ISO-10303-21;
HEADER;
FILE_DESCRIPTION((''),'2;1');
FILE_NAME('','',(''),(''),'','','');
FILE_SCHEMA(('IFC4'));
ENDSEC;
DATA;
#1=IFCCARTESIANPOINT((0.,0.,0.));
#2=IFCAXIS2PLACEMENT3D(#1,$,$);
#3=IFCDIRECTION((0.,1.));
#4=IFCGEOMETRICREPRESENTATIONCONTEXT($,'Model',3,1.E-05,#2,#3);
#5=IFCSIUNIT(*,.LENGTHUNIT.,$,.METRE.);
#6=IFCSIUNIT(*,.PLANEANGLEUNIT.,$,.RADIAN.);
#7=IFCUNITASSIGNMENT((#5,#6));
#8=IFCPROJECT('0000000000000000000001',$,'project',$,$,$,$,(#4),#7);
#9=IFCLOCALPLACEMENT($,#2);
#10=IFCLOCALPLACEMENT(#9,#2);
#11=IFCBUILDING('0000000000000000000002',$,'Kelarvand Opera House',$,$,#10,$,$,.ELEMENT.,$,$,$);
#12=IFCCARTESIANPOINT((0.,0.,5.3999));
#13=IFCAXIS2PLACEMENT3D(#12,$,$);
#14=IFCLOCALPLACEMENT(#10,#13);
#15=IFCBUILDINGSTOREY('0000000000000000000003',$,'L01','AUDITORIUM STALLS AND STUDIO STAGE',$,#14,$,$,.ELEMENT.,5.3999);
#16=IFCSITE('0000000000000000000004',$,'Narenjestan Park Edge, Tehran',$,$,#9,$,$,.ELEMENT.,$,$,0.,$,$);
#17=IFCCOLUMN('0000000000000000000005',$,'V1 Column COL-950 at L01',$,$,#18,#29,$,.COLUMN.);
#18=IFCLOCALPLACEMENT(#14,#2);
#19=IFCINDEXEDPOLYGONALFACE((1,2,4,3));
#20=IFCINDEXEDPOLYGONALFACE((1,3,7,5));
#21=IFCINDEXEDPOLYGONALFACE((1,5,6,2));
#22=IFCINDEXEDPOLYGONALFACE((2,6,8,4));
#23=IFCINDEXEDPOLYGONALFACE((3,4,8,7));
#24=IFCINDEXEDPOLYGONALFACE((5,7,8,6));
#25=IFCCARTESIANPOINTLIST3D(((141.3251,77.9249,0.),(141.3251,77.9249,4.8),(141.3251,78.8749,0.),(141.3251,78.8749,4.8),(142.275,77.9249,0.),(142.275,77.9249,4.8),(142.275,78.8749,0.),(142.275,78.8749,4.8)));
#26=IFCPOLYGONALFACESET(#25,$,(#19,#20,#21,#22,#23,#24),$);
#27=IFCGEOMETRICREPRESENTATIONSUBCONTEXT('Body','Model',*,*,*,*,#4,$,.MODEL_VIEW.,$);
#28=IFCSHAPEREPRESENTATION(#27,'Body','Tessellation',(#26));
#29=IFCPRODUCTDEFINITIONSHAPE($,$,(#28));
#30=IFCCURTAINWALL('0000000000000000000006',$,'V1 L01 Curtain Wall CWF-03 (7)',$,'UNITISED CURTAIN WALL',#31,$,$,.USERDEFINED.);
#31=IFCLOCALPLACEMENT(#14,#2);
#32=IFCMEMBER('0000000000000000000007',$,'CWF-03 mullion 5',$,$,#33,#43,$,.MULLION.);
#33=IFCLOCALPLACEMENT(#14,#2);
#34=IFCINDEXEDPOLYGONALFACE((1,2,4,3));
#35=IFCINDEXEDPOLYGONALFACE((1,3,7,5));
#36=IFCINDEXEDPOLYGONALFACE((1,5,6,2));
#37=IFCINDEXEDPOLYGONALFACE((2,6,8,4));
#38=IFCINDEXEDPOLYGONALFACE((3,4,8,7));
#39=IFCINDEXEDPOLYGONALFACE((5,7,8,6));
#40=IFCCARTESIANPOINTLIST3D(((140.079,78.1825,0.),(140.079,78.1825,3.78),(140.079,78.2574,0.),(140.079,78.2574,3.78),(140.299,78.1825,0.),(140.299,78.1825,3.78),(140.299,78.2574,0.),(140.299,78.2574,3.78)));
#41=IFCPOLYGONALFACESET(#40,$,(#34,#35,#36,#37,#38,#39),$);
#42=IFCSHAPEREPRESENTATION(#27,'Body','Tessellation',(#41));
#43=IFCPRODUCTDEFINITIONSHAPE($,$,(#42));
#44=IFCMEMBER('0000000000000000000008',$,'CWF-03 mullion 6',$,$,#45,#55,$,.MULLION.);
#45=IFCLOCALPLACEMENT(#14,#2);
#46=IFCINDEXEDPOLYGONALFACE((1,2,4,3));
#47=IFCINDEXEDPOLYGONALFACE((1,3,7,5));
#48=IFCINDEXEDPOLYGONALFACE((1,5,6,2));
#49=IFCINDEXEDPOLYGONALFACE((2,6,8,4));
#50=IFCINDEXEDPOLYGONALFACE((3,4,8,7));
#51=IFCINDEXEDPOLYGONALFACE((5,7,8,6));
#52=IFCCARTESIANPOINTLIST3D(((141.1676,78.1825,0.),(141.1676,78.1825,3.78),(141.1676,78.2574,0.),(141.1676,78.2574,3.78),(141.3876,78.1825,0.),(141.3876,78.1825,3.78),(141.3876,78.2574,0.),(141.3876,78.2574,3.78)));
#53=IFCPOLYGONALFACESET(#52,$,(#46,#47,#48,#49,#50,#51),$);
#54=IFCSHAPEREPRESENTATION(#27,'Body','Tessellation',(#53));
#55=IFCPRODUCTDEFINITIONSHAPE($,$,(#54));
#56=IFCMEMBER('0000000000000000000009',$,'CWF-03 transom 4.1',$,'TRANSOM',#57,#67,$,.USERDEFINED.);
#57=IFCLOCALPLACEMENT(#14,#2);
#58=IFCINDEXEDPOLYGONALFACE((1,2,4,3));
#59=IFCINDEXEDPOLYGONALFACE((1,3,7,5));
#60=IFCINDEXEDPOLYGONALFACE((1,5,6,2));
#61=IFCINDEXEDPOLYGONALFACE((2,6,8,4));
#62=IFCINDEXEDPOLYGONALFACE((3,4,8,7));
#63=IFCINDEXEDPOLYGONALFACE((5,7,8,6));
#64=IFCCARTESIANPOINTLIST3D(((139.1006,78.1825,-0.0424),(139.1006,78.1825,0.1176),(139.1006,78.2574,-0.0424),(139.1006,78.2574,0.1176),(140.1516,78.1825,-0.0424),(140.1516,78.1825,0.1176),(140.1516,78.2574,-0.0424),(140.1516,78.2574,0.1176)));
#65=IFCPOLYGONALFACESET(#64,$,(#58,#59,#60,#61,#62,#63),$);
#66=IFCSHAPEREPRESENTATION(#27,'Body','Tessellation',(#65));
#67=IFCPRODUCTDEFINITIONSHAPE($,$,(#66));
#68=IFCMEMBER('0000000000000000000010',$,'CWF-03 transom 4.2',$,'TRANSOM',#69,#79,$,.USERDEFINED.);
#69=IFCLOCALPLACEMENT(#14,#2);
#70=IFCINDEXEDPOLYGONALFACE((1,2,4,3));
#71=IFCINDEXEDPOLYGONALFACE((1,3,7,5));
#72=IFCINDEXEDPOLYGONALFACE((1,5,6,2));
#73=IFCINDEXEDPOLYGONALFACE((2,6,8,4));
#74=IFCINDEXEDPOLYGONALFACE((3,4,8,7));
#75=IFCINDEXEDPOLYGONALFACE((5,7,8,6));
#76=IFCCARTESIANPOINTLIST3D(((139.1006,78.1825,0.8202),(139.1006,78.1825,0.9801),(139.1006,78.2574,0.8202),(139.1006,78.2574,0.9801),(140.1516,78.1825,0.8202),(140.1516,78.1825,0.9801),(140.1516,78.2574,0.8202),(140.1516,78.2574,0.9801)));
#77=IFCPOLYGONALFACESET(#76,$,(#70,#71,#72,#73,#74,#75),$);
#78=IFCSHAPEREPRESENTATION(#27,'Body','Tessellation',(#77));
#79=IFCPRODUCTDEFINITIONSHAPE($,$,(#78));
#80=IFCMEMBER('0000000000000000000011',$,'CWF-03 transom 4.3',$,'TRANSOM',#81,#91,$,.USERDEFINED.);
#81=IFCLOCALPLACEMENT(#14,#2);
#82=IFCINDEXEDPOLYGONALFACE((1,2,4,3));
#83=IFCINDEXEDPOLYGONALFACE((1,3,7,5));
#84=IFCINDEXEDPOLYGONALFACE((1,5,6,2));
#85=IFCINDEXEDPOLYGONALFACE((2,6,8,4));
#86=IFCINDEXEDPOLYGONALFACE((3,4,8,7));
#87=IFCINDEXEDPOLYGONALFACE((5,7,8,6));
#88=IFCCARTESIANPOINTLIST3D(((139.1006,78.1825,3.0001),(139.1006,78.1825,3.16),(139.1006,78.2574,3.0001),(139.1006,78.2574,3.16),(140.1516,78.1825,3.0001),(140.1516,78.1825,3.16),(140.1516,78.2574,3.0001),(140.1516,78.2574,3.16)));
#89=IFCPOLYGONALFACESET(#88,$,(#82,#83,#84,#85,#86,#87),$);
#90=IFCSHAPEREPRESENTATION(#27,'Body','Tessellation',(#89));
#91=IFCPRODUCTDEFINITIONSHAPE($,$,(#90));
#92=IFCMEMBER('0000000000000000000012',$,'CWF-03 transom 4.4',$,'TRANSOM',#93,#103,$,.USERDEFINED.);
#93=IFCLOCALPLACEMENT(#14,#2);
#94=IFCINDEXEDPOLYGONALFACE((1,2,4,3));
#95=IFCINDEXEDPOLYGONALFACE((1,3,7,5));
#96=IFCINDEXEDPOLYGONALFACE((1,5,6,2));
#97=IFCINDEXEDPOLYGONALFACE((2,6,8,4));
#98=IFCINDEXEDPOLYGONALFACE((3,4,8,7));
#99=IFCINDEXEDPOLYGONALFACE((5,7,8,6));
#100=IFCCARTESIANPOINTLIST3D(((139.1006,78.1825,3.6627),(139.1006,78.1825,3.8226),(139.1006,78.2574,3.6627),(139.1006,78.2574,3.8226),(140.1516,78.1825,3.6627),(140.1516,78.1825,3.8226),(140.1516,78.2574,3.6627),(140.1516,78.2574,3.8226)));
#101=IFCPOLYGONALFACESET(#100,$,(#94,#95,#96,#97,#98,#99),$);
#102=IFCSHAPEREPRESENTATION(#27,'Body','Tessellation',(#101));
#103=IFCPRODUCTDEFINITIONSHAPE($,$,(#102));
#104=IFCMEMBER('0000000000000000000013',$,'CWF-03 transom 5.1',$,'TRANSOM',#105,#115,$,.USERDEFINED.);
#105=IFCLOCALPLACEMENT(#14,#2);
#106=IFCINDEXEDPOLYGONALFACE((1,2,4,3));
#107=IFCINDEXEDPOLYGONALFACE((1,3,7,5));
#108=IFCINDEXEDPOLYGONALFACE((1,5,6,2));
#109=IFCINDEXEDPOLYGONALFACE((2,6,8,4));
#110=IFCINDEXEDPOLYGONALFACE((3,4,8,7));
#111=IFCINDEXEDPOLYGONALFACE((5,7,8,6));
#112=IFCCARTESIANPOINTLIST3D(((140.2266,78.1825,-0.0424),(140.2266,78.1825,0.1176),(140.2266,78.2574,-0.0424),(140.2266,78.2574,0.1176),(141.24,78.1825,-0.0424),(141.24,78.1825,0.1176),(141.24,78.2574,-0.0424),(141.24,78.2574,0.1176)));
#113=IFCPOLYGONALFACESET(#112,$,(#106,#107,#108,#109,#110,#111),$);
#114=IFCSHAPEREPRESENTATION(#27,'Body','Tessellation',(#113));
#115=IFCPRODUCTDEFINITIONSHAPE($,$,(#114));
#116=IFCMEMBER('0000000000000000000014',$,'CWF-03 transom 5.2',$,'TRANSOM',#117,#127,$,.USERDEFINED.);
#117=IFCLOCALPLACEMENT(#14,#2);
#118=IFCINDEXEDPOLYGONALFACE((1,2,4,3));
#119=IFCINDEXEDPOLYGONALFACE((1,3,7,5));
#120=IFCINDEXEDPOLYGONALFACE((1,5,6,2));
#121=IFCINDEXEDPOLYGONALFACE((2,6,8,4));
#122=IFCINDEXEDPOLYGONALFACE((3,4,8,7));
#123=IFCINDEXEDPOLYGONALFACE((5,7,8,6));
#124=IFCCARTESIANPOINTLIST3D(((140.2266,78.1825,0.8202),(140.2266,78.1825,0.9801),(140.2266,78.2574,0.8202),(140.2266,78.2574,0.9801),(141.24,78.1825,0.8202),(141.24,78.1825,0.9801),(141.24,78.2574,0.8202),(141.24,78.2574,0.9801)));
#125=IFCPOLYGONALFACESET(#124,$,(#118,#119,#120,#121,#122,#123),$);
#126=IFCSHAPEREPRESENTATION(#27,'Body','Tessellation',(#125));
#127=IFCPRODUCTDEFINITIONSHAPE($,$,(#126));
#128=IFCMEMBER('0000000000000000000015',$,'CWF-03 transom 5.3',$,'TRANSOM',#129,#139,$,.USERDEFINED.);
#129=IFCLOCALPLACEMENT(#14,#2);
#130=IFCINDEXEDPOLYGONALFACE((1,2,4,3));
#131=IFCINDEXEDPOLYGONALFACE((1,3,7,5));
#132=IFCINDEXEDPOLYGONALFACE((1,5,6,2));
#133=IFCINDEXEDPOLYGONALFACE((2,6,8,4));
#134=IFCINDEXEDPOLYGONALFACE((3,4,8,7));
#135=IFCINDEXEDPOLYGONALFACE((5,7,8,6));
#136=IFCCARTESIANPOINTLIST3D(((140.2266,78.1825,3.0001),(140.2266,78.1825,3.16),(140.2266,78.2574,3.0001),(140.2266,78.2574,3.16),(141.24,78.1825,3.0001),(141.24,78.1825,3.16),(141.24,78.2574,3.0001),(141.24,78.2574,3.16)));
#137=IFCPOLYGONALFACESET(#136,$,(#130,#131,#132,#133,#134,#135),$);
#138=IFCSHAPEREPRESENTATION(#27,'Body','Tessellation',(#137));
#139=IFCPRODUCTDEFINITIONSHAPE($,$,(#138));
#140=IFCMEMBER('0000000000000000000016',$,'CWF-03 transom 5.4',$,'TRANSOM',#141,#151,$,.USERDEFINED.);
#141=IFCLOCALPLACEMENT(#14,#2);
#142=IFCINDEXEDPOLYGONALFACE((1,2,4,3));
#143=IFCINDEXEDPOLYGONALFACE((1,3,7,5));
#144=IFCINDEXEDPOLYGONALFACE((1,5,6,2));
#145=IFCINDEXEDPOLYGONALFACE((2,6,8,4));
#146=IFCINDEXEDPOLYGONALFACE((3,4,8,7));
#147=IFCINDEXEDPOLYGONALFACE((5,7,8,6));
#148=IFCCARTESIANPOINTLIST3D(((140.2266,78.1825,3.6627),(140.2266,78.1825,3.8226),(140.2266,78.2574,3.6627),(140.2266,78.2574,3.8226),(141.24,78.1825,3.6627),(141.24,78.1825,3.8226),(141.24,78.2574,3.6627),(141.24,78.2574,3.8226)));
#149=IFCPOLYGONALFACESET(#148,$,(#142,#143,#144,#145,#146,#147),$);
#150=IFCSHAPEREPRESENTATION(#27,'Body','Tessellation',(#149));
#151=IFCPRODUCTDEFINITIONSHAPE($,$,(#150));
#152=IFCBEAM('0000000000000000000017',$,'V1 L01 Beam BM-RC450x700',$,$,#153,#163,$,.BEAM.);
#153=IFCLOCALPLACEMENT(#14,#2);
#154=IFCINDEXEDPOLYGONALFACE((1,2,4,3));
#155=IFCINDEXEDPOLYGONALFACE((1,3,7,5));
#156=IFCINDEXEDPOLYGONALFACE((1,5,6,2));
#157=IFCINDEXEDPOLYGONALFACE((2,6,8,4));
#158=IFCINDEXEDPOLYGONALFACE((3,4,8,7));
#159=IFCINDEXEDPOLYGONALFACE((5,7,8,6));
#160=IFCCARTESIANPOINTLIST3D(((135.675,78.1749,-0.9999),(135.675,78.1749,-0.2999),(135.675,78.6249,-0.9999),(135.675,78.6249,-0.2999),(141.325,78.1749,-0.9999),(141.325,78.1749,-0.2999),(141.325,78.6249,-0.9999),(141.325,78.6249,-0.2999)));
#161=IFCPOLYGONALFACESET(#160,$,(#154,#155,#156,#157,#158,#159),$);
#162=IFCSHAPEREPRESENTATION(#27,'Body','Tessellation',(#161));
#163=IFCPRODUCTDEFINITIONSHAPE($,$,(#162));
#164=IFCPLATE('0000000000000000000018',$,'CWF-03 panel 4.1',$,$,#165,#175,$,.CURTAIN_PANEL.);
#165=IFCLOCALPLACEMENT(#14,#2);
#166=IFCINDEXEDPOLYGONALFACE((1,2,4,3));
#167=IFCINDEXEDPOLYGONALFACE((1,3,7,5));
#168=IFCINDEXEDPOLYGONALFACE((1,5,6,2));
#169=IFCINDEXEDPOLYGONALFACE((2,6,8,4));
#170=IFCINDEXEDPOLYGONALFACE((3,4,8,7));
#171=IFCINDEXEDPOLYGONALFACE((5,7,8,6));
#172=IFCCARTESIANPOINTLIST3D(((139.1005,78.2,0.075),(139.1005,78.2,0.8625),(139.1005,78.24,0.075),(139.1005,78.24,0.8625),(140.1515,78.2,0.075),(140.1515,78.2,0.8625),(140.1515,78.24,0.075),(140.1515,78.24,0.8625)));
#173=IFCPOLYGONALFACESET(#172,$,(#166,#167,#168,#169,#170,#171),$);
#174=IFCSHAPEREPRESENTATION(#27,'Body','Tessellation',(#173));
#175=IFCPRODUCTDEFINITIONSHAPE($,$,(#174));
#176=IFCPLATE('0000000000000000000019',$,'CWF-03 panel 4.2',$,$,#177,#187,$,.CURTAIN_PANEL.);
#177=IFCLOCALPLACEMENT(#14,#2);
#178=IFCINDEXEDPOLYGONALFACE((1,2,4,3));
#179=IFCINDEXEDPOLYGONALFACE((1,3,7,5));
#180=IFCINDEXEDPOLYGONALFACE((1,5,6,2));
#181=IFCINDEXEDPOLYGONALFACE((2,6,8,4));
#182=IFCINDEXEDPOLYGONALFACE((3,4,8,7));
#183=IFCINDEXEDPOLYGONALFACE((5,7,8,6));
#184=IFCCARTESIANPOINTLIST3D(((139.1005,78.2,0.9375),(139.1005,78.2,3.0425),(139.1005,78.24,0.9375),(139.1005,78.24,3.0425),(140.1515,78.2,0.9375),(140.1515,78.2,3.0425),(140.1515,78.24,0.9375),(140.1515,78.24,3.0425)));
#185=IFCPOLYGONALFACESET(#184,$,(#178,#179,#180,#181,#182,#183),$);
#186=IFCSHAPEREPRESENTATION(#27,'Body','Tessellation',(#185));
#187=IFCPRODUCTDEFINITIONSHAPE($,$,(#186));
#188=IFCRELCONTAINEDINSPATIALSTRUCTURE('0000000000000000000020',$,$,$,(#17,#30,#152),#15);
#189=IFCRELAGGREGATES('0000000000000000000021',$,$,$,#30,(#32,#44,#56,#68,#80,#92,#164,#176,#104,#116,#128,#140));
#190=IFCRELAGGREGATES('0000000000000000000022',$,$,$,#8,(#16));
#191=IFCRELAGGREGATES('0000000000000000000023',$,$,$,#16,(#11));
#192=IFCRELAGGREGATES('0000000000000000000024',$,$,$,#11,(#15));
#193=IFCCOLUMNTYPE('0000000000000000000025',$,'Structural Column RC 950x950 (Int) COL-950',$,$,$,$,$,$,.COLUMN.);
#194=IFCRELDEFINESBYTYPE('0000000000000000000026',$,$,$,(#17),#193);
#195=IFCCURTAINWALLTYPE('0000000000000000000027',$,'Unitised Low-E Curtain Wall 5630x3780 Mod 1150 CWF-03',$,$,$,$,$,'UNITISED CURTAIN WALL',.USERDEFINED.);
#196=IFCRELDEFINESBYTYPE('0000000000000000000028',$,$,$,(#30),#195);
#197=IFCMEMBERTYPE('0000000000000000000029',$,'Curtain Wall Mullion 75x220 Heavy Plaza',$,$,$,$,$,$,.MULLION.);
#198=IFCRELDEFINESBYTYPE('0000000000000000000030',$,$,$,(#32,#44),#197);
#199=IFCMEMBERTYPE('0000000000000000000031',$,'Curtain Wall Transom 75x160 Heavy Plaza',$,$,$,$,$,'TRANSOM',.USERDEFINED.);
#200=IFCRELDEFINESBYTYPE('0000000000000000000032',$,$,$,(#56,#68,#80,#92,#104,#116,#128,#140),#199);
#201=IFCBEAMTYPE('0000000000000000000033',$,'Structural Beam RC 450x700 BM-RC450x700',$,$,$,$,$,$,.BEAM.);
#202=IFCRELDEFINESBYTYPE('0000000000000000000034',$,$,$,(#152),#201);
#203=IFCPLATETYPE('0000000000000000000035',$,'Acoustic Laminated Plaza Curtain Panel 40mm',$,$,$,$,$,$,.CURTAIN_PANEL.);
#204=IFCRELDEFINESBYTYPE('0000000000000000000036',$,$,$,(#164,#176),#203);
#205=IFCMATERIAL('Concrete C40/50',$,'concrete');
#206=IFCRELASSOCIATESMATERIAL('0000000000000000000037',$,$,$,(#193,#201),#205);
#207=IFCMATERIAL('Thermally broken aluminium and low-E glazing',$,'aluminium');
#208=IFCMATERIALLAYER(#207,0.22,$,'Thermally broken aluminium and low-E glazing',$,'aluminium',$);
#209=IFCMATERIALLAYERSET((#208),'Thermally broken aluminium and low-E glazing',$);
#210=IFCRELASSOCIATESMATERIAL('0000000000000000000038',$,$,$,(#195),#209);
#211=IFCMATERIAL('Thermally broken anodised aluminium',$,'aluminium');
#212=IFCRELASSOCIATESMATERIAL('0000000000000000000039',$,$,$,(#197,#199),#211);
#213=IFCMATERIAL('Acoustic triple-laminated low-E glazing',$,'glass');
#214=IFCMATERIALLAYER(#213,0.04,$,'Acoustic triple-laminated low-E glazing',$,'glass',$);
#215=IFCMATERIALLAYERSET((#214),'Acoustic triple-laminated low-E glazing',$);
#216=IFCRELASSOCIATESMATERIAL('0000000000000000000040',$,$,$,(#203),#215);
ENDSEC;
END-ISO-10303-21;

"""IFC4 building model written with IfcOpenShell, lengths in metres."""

from ifc_helpers import new_model, si_unit, direction, frame, origin, origin_2d, place, context, subcontext, project, spatial, rectangle, extrude, material, layer, layer_set, material_profile, profile_set, type_object, element, aggregate, save


model = new_model("IFC4")

# Units and contexts
model_context = context("Model", 3, precision=1e-05, world=origin(), true_north=direction((0.0, 1.0)))
body_context = subcontext(model_context, "Body", "Model", "MODEL_VIEW")
ifc_project = project(units=[si_unit("LENGTHUNIT", "METRE"), si_unit("PLANEANGLEUNIT", "RADIAN")], contexts=[model_context])

# Site, building, storey
site_placement = place(None, origin())
site = spatial("IfcSite", under=ifc_project, at=site_placement, Name="Narenjestan Park Edge, Tehran", CompositionType="ELEMENT", RefElevation=0.0)
building_placement = place(site_placement, origin())
building = spatial("IfcBuilding", under=site, at=building_placement, Name="Kelarvand Opera House", CompositionType="ELEMENT")
storey_placement = place(building_placement, frame((0.0, 0.0, 5.3999)))
storey = spatial("IfcBuildingStorey", under=building, at=storey_placement, Name="L01", Description="AUDITORIUM STALLS AND STUDIO STAGE", CompositionType="ELEMENT", Elevation=5.3999)

# Column
ifc_material_1 = material(Name="Concrete C40/50", Category="concrete")
ifc_material_profile_1 = material_profile(ifc_material_1, rectangle(XDim=0.95, YDim=0.95, at=origin_2d()), Name="RC 950x950", Category="concrete")
ifc_profile_set_1 = profile_set([ifc_material_profile_1], Name="Concrete C40/50")
column_type = type_object("IfcColumnType", Name="Structural Column RC 950x950 (Int) COL-950", PredefinedType="COLUMN", material=ifc_profile_set_1)
column_placement = place(storey_placement, frame((141.8, 78.3999, 0.0), z_axis=(0.0, 0.0, 1.0), x_axis=(1.0, 0.0, 0.0)))
element("IfcColumn", 1, at=column_placement, inside=storey, type_object=column_type, Name="V1 Column COL-950 at L01", PredefinedType="COLUMN", context=body_context, shape_type="SweptSolid", body=[
    extrude(rectangle(XDim=0.95, YDim=0.95, at=origin_2d()), origin(), (0.0, 0.0, 1.0), 4.8),
])

# Curtain wall, members
ifc_material_2 = material(Name="Thermally broken aluminium and low-E glazing", Category="aluminium")
ifc_layer_1 = layer(ifc_material_2, 0.22, Name="Thermally broken aluminium and low-E glazing", Category="aluminium")
ifc_layer_set_1 = layer_set([ifc_layer_1], Name="Thermally broken aluminium and low-E glazing")
curtain_wall_type = type_object("IfcCurtainWallType", Name="Unitised Low-E Curtain Wall 5630x3780 Mod 1150 CWF-03", ElementType="UNITISED CURTAIN WALL", PredefinedType="USERDEFINED", material=ifc_layer_set_1)
curtain_wall_placement = place(storey_placement, origin())
curtain_wall = element("IfcCurtainWall", 2, at=curtain_wall_placement, inside=storey, type_object=curtain_wall_type, Name="V1 L01 Curtain Wall CWF-03 (7)", ObjectType="UNITISED CURTAIN WALL", PredefinedType="USERDEFINED")
ifc_material_3 = material(Name="Thermally broken anodised aluminium", Category="aluminium")
ifc_material_profile_2 = material_profile(ifc_material_3, rectangle(XDim=0.075, YDim=0.22, at=origin_2d()), Name="ALU MULLION 75x220", Category="aluminium")
ifc_profile_set_2 = profile_set([ifc_material_profile_2], Name="Thermally broken anodised aluminium")
member_type_1 = type_object("IfcMemberType", Name="Curtain Wall Mullion 75x220 Heavy Plaza", PredefinedType="MULLION", material=ifc_profile_set_2)
member_1_placement = place(storey_placement, frame((140.189, 78.22, 0.0), z_axis=(0.0, 0.0, 1.0), x_axis=(0.0, 1.0, 0.0)))
member_1 = element("IfcMember", 3, at=member_1_placement, type_object=member_type_1, Name="CWF-03 mullion 5", PredefinedType="MULLION", context=body_context, shape_type="SweptSolid", body=[
    extrude(rectangle(XDim=0.075, YDim=0.22, at=origin_2d()), origin(), (0.0, 0.0, 1.0), 3.78),
])
member_2_placement = place(storey_placement, frame((141.2776, 78.22, 0.0), z_axis=(0.0, 0.0, 1.0), x_axis=(0.0, 1.0, 0.0)))
member_2 = element("IfcMember", 4, at=member_2_placement, type_object=member_type_1, Name="CWF-03 mullion 6", PredefinedType="MULLION", context=body_context, shape_type="SweptSolid", body=[
    extrude(rectangle(XDim=0.075, YDim=0.22, at=origin_2d()), origin(), (0.0, 0.0, 1.0), 3.78),
])
ifc_material_profile_3 = material_profile(ifc_material_3, rectangle(XDim=0.075, YDim=0.1599, at=origin_2d()), Name="ALU TRANSOM 75x160", Category="aluminium")
ifc_profile_set_3 = profile_set([ifc_material_profile_3], Name="Thermally broken anodised aluminium")
member_type_2 = type_object("IfcMemberType", Name="Curtain Wall Transom 75x160 Heavy Plaza", ElementType="TRANSOM", PredefinedType="USERDEFINED", material=ifc_profile_set_3)
member_3_placement = place(storey_placement, frame((139.1006, 78.22, 0.0376), z_axis=(1.0, 0.0, 0.0), x_axis=(0.0, 1.0, 0.0)))
member_3 = element("IfcMember", 5, at=member_3_placement, type_object=member_type_2, Name="CWF-03 transom 4.1", ObjectType="TRANSOM", PredefinedType="USERDEFINED", context=body_context, shape_type="SweptSolid", body=[
    extrude(rectangle(XDim=0.075, YDim=0.1599, at=origin_2d()), origin(), (0.0, 0.0, 1.0), 1.051),
])
member_4_placement = place(storey_placement, frame((139.1006, 78.22, 0.9001), z_axis=(1.0, 0.0, 0.0), x_axis=(0.0, 1.0, 0.0)))
member_4 = element("IfcMember", 6, at=member_4_placement, type_object=member_type_2, Name="CWF-03 transom 4.2", ObjectType="TRANSOM", PredefinedType="USERDEFINED", context=body_context, shape_type="SweptSolid", body=[
    extrude(rectangle(XDim=0.075, YDim=0.1599, at=origin_2d()), origin(), (0.0, 0.0, 1.0), 1.051),
])
member_5_placement = place(storey_placement, frame((139.1006, 78.22, 3.0801), z_axis=(1.0, 0.0, 0.0), x_axis=(0.0, 1.0, 0.0)))
member_5 = element("IfcMember", 7, at=member_5_placement, type_object=member_type_2, Name="CWF-03 transom 4.3", ObjectType="TRANSOM", PredefinedType="USERDEFINED", context=body_context, shape_type="SweptSolid", body=[
    extrude(rectangle(XDim=0.075, YDim=0.1599, at=origin_2d()), origin(), (0.0, 0.0, 1.0), 1.051),
])
member_6_placement = place(storey_placement, frame((139.1006, 78.22, 3.7427), z_axis=(1.0, 0.0, 0.0), x_axis=(0.0, 1.0, 0.0)))
member_6 = element("IfcMember", 8, at=member_6_placement, type_object=member_type_2, Name="CWF-03 transom 4.4", ObjectType="TRANSOM", PredefinedType="USERDEFINED", context=body_context, shape_type="SweptSolid", body=[
    extrude(rectangle(XDim=0.075, YDim=0.1599, at=origin_2d()), origin(), (0.0, 0.0, 1.0), 1.051),
])
member_7_placement = place(storey_placement, frame((140.2266, 78.22, 0.0376), z_axis=(1.0, 0.0, 0.0), x_axis=(0.0, 1.0, 0.0)))
member_7 = element("IfcMember", 9, at=member_7_placement, type_object=member_type_2, Name="CWF-03 transom 5.1", ObjectType="TRANSOM", PredefinedType="USERDEFINED", context=body_context, shape_type="SweptSolid", body=[
    extrude(rectangle(XDim=0.075, YDim=0.1599, at=origin_2d()), origin(), (0.0, 0.0, 1.0), 1.0134),
])
member_8_placement = place(storey_placement, frame((140.2266, 78.22, 0.9001), z_axis=(1.0, 0.0, 0.0), x_axis=(0.0, 1.0, 0.0)))
member_8 = element("IfcMember", 10, at=member_8_placement, type_object=member_type_2, Name="CWF-03 transom 5.2", ObjectType="TRANSOM", PredefinedType="USERDEFINED", context=body_context, shape_type="SweptSolid", body=[
    extrude(rectangle(XDim=0.075, YDim=0.1599, at=origin_2d()), origin(), (0.0, 0.0, 1.0), 1.0134),
])
member_9_placement = place(storey_placement, frame((140.2266, 78.22, 3.0801), z_axis=(1.0, 0.0, 0.0), x_axis=(0.0, 1.0, 0.0)))
member_9 = element("IfcMember", 11, at=member_9_placement, type_object=member_type_2, Name="CWF-03 transom 5.3", ObjectType="TRANSOM", PredefinedType="USERDEFINED", context=body_context, shape_type="SweptSolid", body=[
    extrude(rectangle(XDim=0.075, YDim=0.1599, at=origin_2d()), origin(), (0.0, 0.0, 1.0), 1.0134),
])
member_10_placement = place(storey_placement, frame((140.2266, 78.22, 3.7427), z_axis=(1.0, 0.0, 0.0), x_axis=(0.0, 1.0, 0.0)))
member_10 = element("IfcMember", 12, at=member_10_placement, type_object=member_type_2, Name="CWF-03 transom 5.4", ObjectType="TRANSOM", PredefinedType="USERDEFINED", context=body_context, shape_type="SweptSolid", body=[
    extrude(rectangle(XDim=0.075, YDim=0.1599, at=origin_2d()), origin(), (0.0, 0.0, 1.0), 1.0134),
])

# Beam
ifc_material_profile_4 = material_profile(ifc_material_1, rectangle(XDim=0.45, YDim=0.7, at=origin_2d()), Name="RC 450x700", Category="concrete")
ifc_profile_set_4 = profile_set([ifc_material_profile_4], Name="Concrete C40/50")
beam_type = type_object("IfcBeamType", Name="Structural Beam RC 450x700 BM-RC450x700", PredefinedType="BEAM", material=ifc_profile_set_4)
beam_placement = place(storey_placement, frame((135.675, 78.3999, -0.6499), z_axis=(1.0, 0.0, 0.0), x_axis=(0.0, 1.0, 0.0)))
element("IfcBeam", 13, at=beam_placement, inside=storey, type_object=beam_type, Name="V1 L01 Beam BM-RC450x700", PredefinedType="BEAM", context=body_context, shape_type="SweptSolid", body=[
    extrude(rectangle(XDim=0.45, YDim=0.7, at=origin_2d()), origin(), (0.0, 0.0, 1.0), 5.6499),
])

# Plates
ifc_material_4 = material(Name="Acoustic triple-laminated low-E glazing", Category="glass")
ifc_layer_2 = layer(ifc_material_4, 0.04, Name="Acoustic triple-laminated low-E glazing", Category="glass")
ifc_layer_set_2 = layer_set([ifc_layer_2], Name="Acoustic triple-laminated low-E glazing")
plate_type = type_object("IfcPlateType", Name="Acoustic Laminated Plaza Curtain Panel 40mm", PredefinedType="CURTAIN_PANEL", material=ifc_layer_set_2)
plate_1_placement = place(storey_placement, frame((139.626, 78.22, 0.075), z_axis=(0.0, 0.0, 1.0), x_axis=(1.0, 0.0, 0.0)))
plate_1 = element("IfcPlate", 14, at=plate_1_placement, type_object=plate_type, Name="CWF-03 panel 4.1", PredefinedType="CURTAIN_PANEL", context=body_context, shape_type="SweptSolid", body=[
    extrude(rectangle(XDim=1.051, YDim=0.04, at=origin_2d()), origin(), (0.0, 0.0, 1.0), 0.7876),
])
plate_2_placement = place(storey_placement, frame((139.626, 78.22, 0.9375), z_axis=(0.0, 0.0, 1.0), x_axis=(1.0, 0.0, 0.0)))
plate_2 = element("IfcPlate", 15, at=plate_2_placement, type_object=plate_type, Name="CWF-03 panel 4.2", PredefinedType="CURTAIN_PANEL", context=body_context, shape_type="SweptSolid", body=[
    extrude(rectangle(XDim=1.051, YDim=0.04, at=origin_2d()), origin(), (0.0, 0.0, 1.0), 2.105),
])
aggregate(curtain_wall, [member_1, member_2, member_3, member_4, member_5, member_6, plate_1, plate_2, member_7, member_8, member_9, member_10])

save(model, "model.ifc")
